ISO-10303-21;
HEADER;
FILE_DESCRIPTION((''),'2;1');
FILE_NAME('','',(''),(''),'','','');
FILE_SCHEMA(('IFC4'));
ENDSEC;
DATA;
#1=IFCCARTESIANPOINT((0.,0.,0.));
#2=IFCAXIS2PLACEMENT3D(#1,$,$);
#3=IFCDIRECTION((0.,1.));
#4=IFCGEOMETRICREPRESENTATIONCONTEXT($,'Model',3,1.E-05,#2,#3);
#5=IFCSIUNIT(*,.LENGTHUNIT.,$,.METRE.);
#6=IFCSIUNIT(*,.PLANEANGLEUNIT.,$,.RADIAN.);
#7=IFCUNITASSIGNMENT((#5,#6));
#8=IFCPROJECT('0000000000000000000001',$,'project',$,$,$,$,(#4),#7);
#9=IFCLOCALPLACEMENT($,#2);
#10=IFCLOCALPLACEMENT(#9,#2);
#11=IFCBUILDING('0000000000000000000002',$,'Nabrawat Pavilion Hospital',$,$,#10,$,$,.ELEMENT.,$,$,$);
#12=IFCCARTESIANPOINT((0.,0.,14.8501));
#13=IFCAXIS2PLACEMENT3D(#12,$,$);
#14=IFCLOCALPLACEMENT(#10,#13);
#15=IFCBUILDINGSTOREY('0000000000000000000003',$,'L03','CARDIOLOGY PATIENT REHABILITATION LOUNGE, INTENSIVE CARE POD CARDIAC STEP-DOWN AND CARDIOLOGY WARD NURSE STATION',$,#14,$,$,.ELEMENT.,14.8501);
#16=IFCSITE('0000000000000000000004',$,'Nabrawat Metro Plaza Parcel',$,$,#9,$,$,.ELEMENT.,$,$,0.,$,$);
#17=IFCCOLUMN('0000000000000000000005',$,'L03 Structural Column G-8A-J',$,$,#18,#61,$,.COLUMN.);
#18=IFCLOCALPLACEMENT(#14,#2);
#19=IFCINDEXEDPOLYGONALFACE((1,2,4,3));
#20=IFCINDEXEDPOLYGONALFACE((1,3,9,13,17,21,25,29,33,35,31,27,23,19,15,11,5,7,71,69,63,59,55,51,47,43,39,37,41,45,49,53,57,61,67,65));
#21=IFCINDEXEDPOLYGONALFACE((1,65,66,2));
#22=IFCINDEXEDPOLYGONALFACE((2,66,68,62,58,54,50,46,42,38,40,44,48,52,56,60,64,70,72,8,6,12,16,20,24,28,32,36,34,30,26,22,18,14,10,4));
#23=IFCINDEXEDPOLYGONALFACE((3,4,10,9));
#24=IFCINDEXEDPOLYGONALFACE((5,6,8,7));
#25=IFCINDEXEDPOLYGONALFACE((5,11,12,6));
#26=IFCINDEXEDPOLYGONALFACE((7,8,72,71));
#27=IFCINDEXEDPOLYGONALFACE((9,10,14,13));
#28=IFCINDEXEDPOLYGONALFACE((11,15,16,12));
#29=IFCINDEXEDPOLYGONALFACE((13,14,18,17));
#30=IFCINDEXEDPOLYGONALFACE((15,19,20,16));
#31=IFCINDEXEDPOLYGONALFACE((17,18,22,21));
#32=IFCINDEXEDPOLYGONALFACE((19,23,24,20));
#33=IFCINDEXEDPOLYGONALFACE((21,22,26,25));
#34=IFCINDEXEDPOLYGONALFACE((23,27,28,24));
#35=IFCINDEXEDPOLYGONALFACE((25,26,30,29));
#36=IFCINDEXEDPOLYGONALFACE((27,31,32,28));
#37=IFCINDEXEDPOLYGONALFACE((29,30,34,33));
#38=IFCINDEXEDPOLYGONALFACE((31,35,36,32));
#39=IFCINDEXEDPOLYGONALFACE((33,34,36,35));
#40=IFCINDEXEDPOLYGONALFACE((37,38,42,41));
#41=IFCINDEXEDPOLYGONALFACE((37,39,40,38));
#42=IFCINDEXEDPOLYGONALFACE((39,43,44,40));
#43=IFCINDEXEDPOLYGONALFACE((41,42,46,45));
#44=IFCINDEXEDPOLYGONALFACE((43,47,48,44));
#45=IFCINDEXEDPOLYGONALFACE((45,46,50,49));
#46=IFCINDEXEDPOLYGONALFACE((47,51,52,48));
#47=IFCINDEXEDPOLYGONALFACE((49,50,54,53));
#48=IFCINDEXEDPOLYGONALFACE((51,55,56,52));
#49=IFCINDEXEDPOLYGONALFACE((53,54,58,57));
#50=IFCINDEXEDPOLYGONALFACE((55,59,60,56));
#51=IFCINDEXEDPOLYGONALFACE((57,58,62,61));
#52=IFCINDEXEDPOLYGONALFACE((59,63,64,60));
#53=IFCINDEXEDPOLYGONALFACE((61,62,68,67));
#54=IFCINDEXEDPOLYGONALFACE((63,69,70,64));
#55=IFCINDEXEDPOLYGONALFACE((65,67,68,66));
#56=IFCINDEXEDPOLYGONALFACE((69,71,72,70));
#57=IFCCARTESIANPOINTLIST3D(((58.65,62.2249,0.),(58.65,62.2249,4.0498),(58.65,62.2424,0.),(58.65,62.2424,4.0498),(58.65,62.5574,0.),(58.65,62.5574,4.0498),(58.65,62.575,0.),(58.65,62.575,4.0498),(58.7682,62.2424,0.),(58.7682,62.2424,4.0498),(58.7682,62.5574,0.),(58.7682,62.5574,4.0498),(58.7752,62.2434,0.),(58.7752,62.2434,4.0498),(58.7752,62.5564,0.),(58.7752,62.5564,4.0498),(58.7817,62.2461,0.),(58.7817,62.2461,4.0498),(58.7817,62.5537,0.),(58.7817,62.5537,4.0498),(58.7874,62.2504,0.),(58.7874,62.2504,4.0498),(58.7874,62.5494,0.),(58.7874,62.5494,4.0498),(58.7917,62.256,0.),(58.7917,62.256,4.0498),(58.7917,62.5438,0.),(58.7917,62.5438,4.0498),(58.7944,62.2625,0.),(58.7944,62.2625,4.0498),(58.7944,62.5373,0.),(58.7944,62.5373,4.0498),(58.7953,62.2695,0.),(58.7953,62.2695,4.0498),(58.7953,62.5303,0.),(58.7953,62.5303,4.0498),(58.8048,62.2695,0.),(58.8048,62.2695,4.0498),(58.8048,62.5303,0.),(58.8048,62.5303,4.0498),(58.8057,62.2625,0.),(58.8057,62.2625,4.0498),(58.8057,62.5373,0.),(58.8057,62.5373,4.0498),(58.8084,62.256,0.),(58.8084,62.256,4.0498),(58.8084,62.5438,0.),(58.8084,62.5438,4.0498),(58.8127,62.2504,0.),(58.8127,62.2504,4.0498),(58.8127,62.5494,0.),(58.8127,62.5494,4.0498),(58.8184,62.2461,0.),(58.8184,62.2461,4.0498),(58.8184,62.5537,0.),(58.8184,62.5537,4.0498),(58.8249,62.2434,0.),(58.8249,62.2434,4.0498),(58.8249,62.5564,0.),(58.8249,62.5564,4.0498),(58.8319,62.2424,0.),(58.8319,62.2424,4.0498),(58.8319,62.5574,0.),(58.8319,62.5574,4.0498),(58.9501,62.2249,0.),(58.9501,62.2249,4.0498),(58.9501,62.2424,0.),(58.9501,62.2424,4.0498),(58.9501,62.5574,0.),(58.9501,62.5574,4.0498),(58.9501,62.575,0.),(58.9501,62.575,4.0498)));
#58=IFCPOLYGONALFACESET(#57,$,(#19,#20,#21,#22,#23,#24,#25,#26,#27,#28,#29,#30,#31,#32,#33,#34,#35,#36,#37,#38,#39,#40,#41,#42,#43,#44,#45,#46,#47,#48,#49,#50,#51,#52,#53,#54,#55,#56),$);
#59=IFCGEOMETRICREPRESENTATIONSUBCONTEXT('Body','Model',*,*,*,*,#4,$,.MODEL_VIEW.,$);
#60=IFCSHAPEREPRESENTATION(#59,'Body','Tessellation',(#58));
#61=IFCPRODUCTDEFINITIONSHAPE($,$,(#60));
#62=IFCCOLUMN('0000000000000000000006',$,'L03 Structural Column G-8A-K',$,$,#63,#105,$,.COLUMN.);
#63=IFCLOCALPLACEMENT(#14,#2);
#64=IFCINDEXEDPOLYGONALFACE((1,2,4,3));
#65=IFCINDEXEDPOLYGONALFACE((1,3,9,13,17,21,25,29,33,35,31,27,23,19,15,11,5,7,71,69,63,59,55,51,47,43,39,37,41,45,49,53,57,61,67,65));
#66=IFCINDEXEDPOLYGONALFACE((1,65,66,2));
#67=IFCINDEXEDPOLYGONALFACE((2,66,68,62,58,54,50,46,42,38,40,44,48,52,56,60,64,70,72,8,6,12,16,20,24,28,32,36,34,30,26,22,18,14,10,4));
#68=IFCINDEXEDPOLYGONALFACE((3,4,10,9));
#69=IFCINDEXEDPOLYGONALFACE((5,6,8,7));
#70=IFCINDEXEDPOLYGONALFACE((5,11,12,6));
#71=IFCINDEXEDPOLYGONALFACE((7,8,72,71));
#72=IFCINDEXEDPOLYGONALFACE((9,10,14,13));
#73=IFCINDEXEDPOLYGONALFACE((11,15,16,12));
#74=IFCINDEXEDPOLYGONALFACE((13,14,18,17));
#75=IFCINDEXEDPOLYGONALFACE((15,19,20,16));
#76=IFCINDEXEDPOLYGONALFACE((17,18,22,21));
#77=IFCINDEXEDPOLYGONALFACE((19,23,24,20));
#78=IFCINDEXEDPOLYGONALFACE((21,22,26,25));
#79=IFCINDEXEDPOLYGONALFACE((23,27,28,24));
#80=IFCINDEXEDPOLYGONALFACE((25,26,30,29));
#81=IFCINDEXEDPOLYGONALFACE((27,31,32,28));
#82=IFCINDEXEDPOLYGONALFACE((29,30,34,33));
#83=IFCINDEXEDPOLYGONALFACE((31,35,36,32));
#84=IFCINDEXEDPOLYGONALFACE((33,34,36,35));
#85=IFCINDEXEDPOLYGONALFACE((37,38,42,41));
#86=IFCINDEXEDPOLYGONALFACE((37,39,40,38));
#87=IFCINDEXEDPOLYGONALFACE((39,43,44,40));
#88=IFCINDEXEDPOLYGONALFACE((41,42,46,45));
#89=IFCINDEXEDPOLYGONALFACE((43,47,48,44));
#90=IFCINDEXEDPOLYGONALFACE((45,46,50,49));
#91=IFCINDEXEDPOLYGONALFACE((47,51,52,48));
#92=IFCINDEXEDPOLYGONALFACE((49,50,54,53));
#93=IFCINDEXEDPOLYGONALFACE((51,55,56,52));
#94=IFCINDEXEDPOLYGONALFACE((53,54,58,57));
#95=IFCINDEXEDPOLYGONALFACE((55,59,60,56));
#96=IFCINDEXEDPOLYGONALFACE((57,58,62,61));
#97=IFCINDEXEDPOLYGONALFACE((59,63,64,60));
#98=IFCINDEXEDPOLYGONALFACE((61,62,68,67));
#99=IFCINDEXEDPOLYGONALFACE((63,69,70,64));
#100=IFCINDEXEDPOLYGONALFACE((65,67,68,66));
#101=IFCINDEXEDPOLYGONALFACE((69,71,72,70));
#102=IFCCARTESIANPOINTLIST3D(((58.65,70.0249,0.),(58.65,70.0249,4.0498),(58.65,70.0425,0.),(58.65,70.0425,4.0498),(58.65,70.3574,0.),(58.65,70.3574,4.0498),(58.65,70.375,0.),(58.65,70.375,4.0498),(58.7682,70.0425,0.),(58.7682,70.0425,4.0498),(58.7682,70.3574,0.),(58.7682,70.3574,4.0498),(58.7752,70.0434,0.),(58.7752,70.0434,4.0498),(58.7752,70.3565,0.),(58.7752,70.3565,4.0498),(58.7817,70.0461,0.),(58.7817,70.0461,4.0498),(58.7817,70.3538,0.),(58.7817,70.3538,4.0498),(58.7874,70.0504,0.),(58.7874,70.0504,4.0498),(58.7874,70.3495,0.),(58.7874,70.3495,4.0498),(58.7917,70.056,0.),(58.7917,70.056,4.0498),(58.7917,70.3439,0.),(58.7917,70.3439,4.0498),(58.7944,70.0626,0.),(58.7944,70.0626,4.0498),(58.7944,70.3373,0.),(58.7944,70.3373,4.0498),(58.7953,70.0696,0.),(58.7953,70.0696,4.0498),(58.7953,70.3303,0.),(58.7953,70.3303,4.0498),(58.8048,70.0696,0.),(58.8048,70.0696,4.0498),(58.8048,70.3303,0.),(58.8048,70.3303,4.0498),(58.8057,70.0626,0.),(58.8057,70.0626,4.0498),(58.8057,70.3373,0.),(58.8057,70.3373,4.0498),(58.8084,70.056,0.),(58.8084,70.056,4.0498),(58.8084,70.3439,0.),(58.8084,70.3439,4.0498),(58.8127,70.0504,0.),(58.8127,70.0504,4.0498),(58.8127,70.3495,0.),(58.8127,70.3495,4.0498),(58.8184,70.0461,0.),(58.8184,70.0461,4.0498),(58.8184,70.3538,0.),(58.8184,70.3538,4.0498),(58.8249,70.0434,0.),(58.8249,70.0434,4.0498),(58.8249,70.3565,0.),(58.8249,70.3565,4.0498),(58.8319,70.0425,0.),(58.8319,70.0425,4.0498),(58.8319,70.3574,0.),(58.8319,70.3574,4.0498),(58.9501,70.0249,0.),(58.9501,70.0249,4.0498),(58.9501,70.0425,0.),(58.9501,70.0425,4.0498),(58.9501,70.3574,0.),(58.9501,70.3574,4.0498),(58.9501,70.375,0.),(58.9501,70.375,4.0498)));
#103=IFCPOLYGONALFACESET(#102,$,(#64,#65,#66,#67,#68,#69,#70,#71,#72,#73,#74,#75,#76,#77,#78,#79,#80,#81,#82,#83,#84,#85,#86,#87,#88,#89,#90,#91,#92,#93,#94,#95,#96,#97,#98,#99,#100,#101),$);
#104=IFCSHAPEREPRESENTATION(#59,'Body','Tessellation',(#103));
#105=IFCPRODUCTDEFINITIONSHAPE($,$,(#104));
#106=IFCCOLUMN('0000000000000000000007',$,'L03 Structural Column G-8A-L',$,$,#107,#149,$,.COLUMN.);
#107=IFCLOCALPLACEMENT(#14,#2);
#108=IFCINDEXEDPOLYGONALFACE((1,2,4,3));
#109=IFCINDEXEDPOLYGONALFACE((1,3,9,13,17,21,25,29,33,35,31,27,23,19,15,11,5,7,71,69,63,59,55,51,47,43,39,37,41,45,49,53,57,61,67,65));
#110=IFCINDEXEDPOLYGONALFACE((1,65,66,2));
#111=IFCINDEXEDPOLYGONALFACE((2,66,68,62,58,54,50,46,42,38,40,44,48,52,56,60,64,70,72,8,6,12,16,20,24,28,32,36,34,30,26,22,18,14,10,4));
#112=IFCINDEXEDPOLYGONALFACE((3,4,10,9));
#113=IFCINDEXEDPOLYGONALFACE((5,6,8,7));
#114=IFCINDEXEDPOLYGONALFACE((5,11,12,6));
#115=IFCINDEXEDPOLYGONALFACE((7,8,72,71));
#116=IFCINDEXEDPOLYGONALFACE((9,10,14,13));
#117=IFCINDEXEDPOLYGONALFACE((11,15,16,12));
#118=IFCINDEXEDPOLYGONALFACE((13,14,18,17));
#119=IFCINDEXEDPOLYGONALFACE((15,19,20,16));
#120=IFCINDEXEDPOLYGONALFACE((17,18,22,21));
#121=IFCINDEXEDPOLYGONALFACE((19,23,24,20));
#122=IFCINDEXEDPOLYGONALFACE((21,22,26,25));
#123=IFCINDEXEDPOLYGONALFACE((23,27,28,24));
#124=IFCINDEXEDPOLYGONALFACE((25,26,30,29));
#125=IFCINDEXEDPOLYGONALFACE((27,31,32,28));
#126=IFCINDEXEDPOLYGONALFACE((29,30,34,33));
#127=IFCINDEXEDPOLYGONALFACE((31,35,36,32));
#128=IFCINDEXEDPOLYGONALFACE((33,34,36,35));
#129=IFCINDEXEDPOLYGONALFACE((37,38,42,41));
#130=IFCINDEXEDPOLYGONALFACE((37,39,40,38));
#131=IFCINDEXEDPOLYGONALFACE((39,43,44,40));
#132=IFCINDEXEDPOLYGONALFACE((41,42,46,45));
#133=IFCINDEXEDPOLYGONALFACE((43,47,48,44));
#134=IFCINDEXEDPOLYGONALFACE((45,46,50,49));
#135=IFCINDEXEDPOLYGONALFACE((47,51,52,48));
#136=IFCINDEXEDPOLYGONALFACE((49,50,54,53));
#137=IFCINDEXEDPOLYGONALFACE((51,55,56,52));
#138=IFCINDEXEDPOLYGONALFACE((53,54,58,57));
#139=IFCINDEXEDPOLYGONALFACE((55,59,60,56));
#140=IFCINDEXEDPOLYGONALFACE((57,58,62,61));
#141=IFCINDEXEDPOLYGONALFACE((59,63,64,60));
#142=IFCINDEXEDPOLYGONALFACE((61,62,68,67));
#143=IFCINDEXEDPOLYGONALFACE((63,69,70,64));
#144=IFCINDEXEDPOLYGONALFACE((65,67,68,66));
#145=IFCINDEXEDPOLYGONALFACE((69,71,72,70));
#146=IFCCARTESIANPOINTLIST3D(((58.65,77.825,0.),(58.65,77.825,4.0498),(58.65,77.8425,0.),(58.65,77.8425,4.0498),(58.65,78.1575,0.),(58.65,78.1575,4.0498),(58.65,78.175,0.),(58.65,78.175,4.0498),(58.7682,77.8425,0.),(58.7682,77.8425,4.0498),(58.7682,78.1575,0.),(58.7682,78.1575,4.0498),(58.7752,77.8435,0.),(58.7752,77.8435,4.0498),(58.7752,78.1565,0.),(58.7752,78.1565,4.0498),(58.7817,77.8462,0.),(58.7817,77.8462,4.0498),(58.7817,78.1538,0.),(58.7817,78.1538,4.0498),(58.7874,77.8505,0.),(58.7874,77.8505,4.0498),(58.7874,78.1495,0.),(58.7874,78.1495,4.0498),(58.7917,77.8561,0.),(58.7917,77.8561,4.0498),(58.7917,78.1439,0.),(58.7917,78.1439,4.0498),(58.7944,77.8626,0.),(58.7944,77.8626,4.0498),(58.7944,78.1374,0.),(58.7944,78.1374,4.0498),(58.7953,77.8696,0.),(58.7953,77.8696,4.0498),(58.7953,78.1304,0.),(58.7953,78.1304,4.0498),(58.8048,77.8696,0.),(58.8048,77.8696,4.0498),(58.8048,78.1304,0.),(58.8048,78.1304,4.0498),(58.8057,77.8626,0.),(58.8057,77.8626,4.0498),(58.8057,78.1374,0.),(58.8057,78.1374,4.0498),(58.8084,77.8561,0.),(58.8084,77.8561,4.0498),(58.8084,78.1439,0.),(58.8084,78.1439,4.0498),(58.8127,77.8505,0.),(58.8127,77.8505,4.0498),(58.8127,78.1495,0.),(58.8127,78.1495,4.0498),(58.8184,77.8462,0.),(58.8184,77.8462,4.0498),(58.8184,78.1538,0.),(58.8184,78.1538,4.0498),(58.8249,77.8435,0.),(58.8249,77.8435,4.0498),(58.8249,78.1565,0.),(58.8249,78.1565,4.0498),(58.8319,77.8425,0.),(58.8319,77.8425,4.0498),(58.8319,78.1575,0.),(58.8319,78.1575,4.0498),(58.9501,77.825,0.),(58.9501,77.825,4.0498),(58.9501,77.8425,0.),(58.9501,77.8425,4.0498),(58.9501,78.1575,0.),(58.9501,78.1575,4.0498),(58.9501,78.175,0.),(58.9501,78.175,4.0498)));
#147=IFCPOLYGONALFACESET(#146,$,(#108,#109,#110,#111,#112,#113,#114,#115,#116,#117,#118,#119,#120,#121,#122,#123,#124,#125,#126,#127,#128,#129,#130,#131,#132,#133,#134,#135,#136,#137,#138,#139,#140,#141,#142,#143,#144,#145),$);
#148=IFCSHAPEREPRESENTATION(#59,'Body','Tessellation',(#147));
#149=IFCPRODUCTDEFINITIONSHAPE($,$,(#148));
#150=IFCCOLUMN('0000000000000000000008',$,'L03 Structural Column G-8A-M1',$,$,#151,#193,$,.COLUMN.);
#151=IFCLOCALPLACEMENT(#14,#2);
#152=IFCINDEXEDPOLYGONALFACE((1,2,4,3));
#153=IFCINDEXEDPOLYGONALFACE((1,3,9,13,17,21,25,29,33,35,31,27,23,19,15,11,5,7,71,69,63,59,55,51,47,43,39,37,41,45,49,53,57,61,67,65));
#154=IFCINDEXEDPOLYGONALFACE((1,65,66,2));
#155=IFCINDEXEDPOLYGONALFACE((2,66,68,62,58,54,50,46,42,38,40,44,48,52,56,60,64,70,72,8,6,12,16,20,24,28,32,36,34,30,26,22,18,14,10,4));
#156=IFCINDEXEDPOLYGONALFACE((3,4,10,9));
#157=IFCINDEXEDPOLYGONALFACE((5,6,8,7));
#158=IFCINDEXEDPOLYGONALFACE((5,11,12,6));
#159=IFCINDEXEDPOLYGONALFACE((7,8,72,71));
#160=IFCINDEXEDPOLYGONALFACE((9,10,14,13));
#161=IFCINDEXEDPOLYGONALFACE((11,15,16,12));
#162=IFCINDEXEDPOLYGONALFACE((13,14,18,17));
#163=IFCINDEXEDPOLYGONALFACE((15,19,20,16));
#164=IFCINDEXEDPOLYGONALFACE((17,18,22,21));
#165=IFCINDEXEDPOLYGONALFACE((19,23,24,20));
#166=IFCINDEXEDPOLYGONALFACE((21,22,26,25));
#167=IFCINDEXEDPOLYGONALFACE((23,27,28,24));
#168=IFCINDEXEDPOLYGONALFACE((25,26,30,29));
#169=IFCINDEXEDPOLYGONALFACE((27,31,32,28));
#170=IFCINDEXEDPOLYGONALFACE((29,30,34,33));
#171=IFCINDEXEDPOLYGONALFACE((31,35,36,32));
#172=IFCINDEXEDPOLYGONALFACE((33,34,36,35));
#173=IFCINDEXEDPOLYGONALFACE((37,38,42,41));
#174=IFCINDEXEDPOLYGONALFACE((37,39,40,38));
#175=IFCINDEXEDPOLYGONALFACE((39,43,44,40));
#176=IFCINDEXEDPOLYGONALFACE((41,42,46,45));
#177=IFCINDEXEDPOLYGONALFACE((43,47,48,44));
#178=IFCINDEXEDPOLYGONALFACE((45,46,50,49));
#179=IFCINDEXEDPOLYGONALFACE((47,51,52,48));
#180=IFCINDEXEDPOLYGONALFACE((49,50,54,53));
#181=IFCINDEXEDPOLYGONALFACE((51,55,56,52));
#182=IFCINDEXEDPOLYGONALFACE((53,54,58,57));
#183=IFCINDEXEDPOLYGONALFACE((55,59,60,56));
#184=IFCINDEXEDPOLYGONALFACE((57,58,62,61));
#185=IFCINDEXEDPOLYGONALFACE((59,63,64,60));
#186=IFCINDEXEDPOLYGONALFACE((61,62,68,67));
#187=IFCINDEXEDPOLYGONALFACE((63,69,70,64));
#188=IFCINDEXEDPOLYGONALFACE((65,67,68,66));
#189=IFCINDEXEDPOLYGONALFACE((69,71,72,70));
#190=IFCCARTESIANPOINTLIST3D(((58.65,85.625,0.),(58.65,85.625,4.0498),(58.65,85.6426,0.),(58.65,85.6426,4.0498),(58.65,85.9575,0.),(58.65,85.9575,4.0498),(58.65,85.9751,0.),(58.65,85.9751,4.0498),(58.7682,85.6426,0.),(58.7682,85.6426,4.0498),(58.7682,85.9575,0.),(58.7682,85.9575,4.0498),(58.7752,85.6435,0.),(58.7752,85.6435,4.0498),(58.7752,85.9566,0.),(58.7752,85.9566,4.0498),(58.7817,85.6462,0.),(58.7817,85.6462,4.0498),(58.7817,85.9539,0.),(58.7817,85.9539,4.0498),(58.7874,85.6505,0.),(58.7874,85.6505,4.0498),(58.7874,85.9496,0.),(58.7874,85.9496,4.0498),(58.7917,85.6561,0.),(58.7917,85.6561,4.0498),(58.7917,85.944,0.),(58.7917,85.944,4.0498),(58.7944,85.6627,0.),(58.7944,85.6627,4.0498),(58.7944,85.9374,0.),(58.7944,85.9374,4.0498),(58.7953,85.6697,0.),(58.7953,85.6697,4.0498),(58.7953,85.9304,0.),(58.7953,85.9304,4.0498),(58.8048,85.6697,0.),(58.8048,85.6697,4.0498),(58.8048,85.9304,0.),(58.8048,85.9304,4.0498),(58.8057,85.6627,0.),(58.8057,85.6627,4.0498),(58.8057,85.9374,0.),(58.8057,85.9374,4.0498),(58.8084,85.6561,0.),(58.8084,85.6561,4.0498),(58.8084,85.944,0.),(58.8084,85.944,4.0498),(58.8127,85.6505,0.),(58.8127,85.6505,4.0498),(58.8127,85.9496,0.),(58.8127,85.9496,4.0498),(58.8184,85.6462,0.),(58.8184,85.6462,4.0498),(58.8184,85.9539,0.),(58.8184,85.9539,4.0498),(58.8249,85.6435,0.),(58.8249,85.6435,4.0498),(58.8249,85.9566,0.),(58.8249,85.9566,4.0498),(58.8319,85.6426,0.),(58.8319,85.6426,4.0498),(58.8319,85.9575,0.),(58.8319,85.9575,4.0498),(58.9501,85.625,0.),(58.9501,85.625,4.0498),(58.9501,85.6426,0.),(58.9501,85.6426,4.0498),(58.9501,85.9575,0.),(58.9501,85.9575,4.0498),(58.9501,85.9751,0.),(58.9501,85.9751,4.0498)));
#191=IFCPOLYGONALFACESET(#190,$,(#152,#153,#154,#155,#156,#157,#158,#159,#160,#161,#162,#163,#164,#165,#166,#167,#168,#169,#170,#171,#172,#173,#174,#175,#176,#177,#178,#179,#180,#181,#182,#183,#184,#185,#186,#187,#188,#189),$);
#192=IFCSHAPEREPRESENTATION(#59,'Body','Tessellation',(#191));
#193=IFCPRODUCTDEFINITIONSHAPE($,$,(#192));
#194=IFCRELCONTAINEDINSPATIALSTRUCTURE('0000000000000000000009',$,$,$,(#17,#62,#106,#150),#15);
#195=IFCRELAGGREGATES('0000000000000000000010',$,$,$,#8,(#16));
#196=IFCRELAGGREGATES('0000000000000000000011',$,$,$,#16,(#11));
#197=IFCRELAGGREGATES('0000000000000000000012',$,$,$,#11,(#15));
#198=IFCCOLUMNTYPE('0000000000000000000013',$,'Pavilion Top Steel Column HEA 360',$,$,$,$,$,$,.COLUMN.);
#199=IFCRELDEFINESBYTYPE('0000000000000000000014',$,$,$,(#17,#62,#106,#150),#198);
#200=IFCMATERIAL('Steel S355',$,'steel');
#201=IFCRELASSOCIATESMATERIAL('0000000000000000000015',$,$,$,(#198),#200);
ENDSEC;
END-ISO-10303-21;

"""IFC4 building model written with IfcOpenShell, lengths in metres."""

from ifc_helpers import new_model, si_unit, direction, frame, origin, origin_2d, place, context, subcontext, project, spatial, i_section, extrude, material, material_profile, profile_set, type_object, element, save


model = new_model("IFC4")

# Units and contexts
model_context = context("Model", 3, precision=1e-05, world=origin(), true_north=direction((0.0, 1.0)))
body_context = subcontext(model_context, "Body", "Model", "MODEL_VIEW")
ifc_project = project(units=[si_unit("LENGTHUNIT", "METRE"), si_unit("PLANEANGLEUNIT", "RADIAN")], contexts=[model_context])

# Site, building, storey
site_placement = place(None, origin())
site = spatial("IfcSite", under=ifc_project, at=site_placement, Name="Nabrawat Metro Plaza Parcel", CompositionType="ELEMENT", RefElevation=0.0)
building_placement = place(site_placement, origin())
building = spatial("IfcBuilding", under=site, at=building_placement, Name="Nabrawat Pavilion Hospital", CompositionType="ELEMENT")
storey_placement = place(building_placement, frame((0.0, 0.0, 14.8501)))
storey = spatial("IfcBuildingStorey", under=building, at=storey_placement, Name="L03", Description="CARDIOLOGY PATIENT REHABILITATION LOUNGE, INTENSIVE CARE POD CARDIAC STEP-DOWN AND CARDIOLOGY WARD NURSE STATION", CompositionType="ELEMENT", Elevation=14.8501)

# Columns
ifc_material_1 = material(Name="Steel S355", Category="steel")
ifc_material_profile_1 = material_profile(ifc_material_1, i_section(OverallWidth=0.3, OverallDepth=0.3501, WebThickness=0.0095, FlangeThickness=0.0176, FilletRadius=0.0271, at=origin_2d()), Name="HEA 360")
ifc_profile_set_1 = profile_set([ifc_material_profile_1], Name="Steel S355")
column_type = type_object("IfcColumnType", Name="Pavilion Top Steel Column HEA 360", PredefinedType="COLUMN", material=ifc_profile_set_1)
for number, where, z_axis, x_axis, name in (
    (1, (58.8, 62.3999, 0.0), (0.0, 0.0, 1.0), (1.0, 0.0, 0.0), "L03 Structural Column G-8A-J"),
    (2, (58.8, 70.2, 0.0), (0.0, 0.0, 1.0), (1.0, 0.0, 0.0), "L03 Structural Column G-8A-K"),
    (3, (58.8, 78.0, 0.0), (0.0, 0.0, 1.0), (1.0, 0.0, 0.0), "L03 Structural Column G-8A-L"),
    (4, (58.8, 85.8, 0.0), (0.0, 0.0, 1.0), (1.0, 0.0, 0.0), "L03 Structural Column G-8A-M1"),
):
    element("IfcColumn", number, at=place(storey_placement, frame(where, z_axis=z_axis, x_axis=x_axis)), inside=storey, type_object=column_type, Name=name, PredefinedType="COLUMN", context=body_context, shape_type="SweptSolid", body=[
        extrude(i_section(OverallWidth=0.3, OverallDepth=0.3501, WebThickness=0.0095, FlangeThickness=0.0176, FilletRadius=0.0271, at=origin_2d()), origin(), (0.0, 0.0, 1.0), 4.0498),
    ])

save(model, "model.ifc")
